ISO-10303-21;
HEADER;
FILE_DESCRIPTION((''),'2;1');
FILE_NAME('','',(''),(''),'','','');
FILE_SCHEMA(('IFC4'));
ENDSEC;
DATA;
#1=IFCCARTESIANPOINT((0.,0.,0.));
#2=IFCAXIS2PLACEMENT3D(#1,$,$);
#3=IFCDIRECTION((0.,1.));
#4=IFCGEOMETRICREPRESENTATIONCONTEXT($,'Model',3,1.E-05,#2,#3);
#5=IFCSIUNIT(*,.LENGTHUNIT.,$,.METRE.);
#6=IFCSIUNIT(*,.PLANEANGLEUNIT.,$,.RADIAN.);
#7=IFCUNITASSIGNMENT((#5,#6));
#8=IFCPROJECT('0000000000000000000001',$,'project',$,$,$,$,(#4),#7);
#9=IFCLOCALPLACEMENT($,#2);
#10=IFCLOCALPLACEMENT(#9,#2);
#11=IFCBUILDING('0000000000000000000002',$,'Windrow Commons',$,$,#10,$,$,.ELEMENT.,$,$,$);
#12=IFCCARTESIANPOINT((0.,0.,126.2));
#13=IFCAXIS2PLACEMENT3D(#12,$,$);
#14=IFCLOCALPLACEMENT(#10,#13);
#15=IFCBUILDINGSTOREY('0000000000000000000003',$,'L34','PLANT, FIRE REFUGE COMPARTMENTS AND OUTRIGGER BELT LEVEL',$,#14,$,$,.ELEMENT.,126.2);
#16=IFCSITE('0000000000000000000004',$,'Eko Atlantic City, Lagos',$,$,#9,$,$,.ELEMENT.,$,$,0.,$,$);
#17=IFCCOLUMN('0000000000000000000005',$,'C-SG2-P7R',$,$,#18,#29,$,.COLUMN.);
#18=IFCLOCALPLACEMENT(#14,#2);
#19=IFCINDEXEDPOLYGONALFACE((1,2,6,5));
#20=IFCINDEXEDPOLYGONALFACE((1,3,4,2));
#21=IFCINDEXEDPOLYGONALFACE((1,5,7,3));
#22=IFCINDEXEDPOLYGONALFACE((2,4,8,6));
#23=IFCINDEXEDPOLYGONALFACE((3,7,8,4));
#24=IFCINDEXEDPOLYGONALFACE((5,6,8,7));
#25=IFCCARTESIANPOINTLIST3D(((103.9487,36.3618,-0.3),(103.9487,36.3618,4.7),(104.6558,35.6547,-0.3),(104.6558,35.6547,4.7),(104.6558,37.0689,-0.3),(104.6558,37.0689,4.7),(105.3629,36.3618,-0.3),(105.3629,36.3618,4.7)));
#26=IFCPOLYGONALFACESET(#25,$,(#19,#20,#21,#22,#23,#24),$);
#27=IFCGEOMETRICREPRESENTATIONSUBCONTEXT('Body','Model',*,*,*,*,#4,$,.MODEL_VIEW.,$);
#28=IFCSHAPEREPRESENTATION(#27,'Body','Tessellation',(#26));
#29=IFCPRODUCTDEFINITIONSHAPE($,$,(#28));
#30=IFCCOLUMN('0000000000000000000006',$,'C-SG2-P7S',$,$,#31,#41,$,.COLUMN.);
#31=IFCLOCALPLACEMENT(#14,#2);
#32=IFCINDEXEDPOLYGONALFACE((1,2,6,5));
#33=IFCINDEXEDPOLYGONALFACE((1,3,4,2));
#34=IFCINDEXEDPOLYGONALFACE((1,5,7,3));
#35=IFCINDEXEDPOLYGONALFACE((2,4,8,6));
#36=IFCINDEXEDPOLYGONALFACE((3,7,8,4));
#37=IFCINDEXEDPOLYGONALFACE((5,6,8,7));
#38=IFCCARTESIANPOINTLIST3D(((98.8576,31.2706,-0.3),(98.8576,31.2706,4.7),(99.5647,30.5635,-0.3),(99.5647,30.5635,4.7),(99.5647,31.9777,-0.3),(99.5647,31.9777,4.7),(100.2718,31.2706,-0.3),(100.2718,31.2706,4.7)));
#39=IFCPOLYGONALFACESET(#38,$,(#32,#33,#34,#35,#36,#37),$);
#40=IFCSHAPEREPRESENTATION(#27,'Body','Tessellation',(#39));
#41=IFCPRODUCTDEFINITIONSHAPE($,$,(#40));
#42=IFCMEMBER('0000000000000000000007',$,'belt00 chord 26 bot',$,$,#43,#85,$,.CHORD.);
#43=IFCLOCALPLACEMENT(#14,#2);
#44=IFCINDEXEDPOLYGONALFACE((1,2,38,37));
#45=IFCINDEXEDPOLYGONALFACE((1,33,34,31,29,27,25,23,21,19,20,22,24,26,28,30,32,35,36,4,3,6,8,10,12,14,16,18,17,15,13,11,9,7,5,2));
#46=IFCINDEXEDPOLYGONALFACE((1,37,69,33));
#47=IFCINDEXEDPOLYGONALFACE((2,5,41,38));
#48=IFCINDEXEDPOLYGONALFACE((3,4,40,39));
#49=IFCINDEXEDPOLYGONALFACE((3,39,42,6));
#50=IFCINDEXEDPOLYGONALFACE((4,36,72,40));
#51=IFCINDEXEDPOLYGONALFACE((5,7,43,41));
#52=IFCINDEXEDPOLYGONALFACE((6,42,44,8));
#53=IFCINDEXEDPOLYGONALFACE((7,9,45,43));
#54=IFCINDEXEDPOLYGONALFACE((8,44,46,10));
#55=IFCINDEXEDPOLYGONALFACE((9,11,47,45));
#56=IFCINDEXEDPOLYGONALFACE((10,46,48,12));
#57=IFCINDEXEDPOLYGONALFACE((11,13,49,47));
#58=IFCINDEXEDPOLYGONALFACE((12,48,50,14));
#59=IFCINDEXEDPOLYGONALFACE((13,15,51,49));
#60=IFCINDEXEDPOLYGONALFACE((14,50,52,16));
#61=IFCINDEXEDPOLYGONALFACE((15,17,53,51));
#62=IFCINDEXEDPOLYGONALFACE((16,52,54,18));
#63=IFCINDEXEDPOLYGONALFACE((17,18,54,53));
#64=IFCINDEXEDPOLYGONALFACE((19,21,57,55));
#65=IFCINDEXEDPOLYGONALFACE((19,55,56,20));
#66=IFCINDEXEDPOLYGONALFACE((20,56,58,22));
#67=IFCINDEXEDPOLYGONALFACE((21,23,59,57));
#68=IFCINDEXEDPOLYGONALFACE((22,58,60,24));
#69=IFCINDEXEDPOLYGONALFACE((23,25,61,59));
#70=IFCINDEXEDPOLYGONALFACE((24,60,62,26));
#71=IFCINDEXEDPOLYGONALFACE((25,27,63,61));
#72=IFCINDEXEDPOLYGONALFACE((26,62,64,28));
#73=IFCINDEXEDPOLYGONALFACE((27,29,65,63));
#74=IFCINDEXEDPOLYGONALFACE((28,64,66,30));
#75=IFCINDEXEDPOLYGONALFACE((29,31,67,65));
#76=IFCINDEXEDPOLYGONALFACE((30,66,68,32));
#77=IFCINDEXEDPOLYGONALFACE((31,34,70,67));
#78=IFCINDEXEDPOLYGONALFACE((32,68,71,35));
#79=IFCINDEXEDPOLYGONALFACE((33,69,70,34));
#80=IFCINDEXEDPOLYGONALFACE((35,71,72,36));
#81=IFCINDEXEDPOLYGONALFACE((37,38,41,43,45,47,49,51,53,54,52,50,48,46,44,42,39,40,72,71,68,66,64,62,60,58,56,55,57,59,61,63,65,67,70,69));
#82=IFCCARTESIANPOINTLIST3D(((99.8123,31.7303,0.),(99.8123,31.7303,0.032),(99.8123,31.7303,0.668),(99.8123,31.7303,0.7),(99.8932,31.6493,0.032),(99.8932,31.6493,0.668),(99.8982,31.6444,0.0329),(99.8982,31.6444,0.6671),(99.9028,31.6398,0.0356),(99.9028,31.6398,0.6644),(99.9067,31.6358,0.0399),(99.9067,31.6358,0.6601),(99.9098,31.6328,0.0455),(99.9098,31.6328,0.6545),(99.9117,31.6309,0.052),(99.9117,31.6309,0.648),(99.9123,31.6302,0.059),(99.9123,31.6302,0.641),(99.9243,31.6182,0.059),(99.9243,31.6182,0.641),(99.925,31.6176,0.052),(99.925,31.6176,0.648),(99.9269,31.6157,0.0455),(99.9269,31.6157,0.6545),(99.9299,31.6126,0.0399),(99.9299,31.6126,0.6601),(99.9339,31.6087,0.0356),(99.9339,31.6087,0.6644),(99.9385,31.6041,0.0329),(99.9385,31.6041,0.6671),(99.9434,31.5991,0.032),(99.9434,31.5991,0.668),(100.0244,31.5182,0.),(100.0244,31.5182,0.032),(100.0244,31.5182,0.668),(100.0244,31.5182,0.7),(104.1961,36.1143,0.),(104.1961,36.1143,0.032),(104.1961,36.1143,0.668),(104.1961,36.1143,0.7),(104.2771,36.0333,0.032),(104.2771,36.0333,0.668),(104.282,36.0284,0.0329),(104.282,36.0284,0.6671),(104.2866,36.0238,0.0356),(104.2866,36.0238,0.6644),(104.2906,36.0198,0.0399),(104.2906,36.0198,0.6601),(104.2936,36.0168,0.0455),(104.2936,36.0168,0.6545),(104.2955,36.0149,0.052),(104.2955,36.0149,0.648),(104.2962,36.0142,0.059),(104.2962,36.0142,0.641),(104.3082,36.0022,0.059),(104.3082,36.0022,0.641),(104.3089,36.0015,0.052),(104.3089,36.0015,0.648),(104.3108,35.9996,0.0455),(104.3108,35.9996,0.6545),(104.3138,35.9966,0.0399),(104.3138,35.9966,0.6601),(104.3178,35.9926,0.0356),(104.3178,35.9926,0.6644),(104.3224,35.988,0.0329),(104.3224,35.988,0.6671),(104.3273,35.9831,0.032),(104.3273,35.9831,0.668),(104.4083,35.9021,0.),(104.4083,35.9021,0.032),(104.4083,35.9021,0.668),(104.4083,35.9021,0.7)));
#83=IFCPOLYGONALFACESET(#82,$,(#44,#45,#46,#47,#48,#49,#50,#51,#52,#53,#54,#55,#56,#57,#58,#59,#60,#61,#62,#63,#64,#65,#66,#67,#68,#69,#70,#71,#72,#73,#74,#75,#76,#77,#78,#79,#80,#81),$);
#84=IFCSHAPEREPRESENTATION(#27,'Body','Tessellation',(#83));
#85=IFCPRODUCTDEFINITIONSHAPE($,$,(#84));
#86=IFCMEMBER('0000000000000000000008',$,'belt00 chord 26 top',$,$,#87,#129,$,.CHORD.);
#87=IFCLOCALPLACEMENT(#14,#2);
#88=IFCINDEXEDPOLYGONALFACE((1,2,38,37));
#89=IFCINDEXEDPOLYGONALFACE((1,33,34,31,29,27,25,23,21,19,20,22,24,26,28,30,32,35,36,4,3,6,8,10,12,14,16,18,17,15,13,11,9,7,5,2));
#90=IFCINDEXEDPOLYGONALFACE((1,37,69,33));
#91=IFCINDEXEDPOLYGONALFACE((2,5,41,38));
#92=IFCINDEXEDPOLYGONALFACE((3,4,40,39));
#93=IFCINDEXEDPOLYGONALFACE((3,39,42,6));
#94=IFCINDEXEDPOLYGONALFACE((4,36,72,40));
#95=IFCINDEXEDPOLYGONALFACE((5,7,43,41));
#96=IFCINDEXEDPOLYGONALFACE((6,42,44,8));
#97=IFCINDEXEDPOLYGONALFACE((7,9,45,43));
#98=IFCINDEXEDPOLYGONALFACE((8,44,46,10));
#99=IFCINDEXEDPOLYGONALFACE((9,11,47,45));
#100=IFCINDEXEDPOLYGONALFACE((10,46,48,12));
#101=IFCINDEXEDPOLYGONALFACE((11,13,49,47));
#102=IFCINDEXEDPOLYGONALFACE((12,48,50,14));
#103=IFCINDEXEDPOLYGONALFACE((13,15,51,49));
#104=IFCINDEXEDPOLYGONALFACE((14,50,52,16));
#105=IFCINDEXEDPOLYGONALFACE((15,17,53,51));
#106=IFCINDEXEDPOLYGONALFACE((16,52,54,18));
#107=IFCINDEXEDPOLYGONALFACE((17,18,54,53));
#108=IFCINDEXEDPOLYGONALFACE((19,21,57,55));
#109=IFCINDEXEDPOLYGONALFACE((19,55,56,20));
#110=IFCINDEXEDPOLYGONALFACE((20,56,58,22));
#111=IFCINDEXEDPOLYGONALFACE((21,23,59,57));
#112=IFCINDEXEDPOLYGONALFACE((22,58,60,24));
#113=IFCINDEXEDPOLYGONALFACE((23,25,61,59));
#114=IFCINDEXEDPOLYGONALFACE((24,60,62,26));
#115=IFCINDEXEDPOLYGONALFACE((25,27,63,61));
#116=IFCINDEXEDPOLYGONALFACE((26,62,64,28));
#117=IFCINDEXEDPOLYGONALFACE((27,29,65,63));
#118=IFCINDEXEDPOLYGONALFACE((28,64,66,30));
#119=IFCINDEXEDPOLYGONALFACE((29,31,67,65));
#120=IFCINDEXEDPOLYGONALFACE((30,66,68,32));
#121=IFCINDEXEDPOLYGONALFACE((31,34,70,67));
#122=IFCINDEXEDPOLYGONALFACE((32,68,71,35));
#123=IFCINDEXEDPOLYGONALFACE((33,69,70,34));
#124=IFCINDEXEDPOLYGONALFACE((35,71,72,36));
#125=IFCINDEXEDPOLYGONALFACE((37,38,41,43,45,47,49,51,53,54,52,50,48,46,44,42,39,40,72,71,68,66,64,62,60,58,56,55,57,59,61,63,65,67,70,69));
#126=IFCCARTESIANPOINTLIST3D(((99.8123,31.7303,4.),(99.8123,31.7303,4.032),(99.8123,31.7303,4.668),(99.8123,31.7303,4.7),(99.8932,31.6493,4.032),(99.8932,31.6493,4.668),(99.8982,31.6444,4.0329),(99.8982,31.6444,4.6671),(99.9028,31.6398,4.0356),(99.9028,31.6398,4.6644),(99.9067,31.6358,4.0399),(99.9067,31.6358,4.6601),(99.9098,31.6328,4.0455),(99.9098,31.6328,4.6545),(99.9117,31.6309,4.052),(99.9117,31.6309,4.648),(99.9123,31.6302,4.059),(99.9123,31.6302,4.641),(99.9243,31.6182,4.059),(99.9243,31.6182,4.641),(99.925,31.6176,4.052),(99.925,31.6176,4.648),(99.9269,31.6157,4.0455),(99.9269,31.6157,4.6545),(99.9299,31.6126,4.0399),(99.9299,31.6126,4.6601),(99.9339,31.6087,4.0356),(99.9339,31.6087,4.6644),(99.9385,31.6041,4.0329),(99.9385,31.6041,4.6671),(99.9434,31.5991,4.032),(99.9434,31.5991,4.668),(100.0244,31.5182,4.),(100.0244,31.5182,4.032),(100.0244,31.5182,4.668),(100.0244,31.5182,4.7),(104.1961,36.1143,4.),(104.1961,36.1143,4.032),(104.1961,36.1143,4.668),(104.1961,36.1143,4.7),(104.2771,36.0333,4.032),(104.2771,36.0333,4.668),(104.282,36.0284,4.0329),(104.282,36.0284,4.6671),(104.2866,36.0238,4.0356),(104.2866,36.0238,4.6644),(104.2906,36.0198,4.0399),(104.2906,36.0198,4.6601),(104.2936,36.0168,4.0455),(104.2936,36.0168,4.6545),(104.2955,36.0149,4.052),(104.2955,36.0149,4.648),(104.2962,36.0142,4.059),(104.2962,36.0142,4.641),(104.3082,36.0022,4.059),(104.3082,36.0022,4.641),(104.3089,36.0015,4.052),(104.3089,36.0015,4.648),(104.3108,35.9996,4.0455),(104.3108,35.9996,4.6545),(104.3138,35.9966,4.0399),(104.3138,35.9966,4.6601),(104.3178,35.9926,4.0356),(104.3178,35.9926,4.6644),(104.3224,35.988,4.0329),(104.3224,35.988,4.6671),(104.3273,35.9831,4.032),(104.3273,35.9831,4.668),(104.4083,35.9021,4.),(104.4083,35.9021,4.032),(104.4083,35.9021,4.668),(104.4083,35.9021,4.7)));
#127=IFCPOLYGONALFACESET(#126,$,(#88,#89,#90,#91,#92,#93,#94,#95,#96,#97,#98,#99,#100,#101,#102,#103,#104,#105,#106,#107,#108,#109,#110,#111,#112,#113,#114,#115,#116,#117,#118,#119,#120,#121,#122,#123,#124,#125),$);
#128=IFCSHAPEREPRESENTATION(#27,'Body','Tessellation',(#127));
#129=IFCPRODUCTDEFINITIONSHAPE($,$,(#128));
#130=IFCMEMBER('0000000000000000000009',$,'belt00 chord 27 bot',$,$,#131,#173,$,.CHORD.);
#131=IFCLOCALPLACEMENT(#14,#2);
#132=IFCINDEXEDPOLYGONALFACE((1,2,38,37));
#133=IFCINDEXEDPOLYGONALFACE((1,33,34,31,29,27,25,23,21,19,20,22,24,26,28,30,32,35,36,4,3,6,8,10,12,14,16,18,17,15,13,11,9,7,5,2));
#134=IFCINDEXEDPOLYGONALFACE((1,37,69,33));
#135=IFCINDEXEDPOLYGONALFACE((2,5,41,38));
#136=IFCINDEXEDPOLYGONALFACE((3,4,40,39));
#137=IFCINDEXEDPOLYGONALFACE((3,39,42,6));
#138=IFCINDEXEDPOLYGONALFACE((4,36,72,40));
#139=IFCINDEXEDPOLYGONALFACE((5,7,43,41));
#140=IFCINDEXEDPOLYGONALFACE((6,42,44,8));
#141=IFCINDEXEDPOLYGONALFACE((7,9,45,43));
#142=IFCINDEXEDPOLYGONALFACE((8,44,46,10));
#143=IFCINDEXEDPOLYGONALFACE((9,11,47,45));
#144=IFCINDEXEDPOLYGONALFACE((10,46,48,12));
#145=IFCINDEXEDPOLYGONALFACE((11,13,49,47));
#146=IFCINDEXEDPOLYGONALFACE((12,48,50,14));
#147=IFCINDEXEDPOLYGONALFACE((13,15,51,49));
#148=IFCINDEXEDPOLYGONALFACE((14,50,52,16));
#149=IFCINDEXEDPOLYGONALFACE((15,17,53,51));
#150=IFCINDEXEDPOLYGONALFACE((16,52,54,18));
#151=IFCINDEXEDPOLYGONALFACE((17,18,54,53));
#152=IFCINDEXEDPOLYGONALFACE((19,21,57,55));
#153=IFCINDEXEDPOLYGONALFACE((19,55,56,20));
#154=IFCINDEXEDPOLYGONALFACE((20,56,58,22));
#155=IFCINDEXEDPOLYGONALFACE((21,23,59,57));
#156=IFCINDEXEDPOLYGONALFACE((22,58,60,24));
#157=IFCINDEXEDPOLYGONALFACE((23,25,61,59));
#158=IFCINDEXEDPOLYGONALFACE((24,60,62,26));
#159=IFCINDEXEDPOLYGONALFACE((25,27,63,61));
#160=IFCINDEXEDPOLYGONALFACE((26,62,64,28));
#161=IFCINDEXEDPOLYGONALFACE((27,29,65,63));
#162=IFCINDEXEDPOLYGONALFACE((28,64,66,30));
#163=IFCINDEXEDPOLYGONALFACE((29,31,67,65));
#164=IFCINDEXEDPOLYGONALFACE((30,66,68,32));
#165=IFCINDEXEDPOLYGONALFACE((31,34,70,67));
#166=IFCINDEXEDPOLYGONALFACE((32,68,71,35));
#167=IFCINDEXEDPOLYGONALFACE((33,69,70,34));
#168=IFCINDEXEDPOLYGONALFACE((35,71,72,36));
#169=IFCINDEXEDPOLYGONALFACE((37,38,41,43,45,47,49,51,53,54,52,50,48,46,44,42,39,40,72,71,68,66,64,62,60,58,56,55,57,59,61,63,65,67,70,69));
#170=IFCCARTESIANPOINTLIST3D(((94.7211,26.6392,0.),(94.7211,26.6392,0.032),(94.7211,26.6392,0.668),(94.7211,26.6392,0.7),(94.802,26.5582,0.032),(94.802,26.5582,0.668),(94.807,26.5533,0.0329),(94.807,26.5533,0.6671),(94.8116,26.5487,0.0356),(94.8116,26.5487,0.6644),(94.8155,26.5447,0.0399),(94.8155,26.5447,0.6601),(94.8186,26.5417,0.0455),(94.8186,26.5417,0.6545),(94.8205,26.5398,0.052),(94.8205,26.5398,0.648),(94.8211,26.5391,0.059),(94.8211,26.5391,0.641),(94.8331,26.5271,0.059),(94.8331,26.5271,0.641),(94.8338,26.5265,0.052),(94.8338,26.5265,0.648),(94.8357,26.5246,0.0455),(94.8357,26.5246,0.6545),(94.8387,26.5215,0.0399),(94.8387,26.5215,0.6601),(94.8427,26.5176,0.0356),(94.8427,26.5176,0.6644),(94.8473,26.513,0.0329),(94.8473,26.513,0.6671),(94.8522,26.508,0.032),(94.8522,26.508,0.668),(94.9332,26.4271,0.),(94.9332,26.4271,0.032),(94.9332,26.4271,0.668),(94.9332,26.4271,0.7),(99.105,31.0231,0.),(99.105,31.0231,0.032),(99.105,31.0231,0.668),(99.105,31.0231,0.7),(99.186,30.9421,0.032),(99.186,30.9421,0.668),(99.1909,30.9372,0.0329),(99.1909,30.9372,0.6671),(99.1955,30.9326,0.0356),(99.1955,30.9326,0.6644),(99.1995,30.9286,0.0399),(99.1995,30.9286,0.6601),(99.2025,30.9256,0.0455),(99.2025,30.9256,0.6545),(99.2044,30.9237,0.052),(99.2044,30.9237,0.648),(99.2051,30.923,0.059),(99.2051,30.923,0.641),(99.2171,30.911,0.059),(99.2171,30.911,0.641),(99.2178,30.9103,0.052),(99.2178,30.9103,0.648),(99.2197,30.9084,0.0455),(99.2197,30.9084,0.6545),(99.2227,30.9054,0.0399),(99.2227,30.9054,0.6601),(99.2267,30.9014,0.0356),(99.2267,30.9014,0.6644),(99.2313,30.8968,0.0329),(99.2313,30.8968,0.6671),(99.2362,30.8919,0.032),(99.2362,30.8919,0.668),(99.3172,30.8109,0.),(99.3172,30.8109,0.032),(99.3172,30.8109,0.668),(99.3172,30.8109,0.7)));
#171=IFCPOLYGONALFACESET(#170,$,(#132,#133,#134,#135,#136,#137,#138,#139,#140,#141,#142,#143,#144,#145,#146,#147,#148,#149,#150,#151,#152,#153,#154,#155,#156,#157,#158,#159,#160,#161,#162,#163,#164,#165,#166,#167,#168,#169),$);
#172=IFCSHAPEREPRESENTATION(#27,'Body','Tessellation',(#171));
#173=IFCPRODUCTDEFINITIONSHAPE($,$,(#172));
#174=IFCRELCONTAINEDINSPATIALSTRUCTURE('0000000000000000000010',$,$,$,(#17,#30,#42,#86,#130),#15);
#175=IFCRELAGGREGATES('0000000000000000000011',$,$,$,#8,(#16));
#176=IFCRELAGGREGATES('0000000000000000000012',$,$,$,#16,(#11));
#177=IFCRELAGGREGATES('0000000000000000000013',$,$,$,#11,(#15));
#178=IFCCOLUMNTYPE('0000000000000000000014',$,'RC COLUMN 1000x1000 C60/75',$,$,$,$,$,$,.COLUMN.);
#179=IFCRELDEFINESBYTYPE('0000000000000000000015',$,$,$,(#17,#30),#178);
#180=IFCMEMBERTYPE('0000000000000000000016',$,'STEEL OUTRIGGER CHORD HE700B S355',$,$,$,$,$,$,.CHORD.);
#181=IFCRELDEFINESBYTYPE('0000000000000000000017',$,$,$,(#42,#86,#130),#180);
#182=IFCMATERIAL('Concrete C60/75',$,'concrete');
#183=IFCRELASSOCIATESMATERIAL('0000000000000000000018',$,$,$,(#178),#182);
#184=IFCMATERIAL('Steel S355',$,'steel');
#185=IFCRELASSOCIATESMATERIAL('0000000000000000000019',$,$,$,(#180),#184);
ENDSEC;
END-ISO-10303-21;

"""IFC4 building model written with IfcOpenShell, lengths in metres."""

from ifc_helpers import new_model, si_unit, direction, frame, origin, origin_2d, place, context, subcontext, project, spatial, rectangle, i_section, extrude, material, material_profile, profile_set, type_object, element, save


model = new_model("IFC4")

# Units and contexts
model_context = context("Model", 3, precision=1e-05, world=origin(), true_north=direction((0.0, 1.0)))
body_context = subcontext(model_context, "Body", "Model", "MODEL_VIEW")
ifc_project = project(units=[si_unit("LENGTHUNIT", "METRE"), si_unit("PLANEANGLEUNIT", "RADIAN")], contexts=[model_context])

# Site, building, storey
site_placement = place(None, origin())
site = spatial("IfcSite", under=ifc_project, at=site_placement, Name="Eko Atlantic City, Lagos", CompositionType="ELEMENT", RefElevation=0.0)
building_placement = place(site_placement, origin())
building = spatial("IfcBuilding", under=site, at=building_placement, Name="Windrow Commons", CompositionType="ELEMENT")
storey_placement = place(building_placement, frame((0.0, 0.0, 126.2)))
storey = spatial("IfcBuildingStorey", under=building, at=storey_placement, Name="L34", Description="PLANT, FIRE REFUGE COMPARTMENTS AND OUTRIGGER BELT LEVEL", CompositionType="ELEMENT", Elevation=126.2)

# Columns
ifc_material_1 = material(Name="Concrete C60/75", Category="concrete")
ifc_material_profile_1 = material_profile(ifc_material_1, rectangle(XDim=1.0, YDim=1.0, at=origin_2d()))
ifc_profile_set_1 = profile_set([ifc_material_profile_1], Name="Concrete C60/75")
column_type = type_object("IfcColumnType", Name="RC COLUMN 1000x1000 C60/75", PredefinedType="COLUMN", material=ifc_profile_set_1)
for number, where, z_axis, x_axis, name in (
    (1, (104.6558, 36.3618, -0.3), (0.0, 0.0, 1.0), (0.707107, -0.707107, 0.0), "C-SG2-P7R"),
    (2, (99.5647, 31.2706, -0.3), (0.0, 0.0, 1.0), (0.707107, -0.707107, 0.0), "C-SG2-P7S"),
):
    element("IfcColumn", number, at=place(storey_placement, frame(where, z_axis=z_axis, x_axis=x_axis)), inside=storey, type_object=column_type, Name=name, PredefinedType="COLUMN", context=body_context, shape_type="SweptSolid", body=[
        extrude(rectangle(XDim=1.0, YDim=1.0, at=origin_2d()), origin(), (0.0, 0.0, 1.0), 5.0),
    ])

# Members
ifc_material_2 = material(Name="Steel S355", Category="steel")
ifc_material_profile_2 = material_profile(ifc_material_2, i_section(OverallWidth=0.3, OverallDepth=0.7, WebThickness=0.017, FlangeThickness=0.032, FilletRadius=0.027, at=origin_2d()))
ifc_profile_set_2 = profile_set([ifc_material_profile_2], Name="Steel S355")
member_type_1 = type_object("IfcMemberType", Name="STEEL OUTRIGGER CHORD HE700B S355", PredefinedType="CHORD", material=ifc_profile_set_2)
for number, where, z_axis, x_axis, name in (
    (3, (104.3022, 36.0082, 0.35), (-0.707099, -0.707115, 0.0), (0.707115, -0.707099, 0.0), "belt00 chord 26 bot"),
    (4, (104.3022, 36.0082, 4.35), (-0.707099, -0.707115, 0.0), (0.707115, -0.707099, 0.0), "belt00 chord 26 top"),
    (5, (99.2111, 30.917, 0.35), (-0.707115, -0.707099, 0.0), (0.707099, -0.707115, 0.0), "belt00 chord 27 bot"),
):
    element("IfcMember", number, at=place(storey_placement, frame(where, z_axis=z_axis, x_axis=x_axis)), inside=storey, type_object=member_type_1, Name=name, PredefinedType="CHORD", context=body_context, shape_type="SweptSolid", body=[
        extrude(i_section(OverallWidth=0.3, OverallDepth=0.7, WebThickness=0.017, FlangeThickness=0.032, FilletRadius=0.027, at=origin_2d()), origin(), (0.0, 0.0, 1.0), 6.1998),
    ])

save(model, "model.ifc")
